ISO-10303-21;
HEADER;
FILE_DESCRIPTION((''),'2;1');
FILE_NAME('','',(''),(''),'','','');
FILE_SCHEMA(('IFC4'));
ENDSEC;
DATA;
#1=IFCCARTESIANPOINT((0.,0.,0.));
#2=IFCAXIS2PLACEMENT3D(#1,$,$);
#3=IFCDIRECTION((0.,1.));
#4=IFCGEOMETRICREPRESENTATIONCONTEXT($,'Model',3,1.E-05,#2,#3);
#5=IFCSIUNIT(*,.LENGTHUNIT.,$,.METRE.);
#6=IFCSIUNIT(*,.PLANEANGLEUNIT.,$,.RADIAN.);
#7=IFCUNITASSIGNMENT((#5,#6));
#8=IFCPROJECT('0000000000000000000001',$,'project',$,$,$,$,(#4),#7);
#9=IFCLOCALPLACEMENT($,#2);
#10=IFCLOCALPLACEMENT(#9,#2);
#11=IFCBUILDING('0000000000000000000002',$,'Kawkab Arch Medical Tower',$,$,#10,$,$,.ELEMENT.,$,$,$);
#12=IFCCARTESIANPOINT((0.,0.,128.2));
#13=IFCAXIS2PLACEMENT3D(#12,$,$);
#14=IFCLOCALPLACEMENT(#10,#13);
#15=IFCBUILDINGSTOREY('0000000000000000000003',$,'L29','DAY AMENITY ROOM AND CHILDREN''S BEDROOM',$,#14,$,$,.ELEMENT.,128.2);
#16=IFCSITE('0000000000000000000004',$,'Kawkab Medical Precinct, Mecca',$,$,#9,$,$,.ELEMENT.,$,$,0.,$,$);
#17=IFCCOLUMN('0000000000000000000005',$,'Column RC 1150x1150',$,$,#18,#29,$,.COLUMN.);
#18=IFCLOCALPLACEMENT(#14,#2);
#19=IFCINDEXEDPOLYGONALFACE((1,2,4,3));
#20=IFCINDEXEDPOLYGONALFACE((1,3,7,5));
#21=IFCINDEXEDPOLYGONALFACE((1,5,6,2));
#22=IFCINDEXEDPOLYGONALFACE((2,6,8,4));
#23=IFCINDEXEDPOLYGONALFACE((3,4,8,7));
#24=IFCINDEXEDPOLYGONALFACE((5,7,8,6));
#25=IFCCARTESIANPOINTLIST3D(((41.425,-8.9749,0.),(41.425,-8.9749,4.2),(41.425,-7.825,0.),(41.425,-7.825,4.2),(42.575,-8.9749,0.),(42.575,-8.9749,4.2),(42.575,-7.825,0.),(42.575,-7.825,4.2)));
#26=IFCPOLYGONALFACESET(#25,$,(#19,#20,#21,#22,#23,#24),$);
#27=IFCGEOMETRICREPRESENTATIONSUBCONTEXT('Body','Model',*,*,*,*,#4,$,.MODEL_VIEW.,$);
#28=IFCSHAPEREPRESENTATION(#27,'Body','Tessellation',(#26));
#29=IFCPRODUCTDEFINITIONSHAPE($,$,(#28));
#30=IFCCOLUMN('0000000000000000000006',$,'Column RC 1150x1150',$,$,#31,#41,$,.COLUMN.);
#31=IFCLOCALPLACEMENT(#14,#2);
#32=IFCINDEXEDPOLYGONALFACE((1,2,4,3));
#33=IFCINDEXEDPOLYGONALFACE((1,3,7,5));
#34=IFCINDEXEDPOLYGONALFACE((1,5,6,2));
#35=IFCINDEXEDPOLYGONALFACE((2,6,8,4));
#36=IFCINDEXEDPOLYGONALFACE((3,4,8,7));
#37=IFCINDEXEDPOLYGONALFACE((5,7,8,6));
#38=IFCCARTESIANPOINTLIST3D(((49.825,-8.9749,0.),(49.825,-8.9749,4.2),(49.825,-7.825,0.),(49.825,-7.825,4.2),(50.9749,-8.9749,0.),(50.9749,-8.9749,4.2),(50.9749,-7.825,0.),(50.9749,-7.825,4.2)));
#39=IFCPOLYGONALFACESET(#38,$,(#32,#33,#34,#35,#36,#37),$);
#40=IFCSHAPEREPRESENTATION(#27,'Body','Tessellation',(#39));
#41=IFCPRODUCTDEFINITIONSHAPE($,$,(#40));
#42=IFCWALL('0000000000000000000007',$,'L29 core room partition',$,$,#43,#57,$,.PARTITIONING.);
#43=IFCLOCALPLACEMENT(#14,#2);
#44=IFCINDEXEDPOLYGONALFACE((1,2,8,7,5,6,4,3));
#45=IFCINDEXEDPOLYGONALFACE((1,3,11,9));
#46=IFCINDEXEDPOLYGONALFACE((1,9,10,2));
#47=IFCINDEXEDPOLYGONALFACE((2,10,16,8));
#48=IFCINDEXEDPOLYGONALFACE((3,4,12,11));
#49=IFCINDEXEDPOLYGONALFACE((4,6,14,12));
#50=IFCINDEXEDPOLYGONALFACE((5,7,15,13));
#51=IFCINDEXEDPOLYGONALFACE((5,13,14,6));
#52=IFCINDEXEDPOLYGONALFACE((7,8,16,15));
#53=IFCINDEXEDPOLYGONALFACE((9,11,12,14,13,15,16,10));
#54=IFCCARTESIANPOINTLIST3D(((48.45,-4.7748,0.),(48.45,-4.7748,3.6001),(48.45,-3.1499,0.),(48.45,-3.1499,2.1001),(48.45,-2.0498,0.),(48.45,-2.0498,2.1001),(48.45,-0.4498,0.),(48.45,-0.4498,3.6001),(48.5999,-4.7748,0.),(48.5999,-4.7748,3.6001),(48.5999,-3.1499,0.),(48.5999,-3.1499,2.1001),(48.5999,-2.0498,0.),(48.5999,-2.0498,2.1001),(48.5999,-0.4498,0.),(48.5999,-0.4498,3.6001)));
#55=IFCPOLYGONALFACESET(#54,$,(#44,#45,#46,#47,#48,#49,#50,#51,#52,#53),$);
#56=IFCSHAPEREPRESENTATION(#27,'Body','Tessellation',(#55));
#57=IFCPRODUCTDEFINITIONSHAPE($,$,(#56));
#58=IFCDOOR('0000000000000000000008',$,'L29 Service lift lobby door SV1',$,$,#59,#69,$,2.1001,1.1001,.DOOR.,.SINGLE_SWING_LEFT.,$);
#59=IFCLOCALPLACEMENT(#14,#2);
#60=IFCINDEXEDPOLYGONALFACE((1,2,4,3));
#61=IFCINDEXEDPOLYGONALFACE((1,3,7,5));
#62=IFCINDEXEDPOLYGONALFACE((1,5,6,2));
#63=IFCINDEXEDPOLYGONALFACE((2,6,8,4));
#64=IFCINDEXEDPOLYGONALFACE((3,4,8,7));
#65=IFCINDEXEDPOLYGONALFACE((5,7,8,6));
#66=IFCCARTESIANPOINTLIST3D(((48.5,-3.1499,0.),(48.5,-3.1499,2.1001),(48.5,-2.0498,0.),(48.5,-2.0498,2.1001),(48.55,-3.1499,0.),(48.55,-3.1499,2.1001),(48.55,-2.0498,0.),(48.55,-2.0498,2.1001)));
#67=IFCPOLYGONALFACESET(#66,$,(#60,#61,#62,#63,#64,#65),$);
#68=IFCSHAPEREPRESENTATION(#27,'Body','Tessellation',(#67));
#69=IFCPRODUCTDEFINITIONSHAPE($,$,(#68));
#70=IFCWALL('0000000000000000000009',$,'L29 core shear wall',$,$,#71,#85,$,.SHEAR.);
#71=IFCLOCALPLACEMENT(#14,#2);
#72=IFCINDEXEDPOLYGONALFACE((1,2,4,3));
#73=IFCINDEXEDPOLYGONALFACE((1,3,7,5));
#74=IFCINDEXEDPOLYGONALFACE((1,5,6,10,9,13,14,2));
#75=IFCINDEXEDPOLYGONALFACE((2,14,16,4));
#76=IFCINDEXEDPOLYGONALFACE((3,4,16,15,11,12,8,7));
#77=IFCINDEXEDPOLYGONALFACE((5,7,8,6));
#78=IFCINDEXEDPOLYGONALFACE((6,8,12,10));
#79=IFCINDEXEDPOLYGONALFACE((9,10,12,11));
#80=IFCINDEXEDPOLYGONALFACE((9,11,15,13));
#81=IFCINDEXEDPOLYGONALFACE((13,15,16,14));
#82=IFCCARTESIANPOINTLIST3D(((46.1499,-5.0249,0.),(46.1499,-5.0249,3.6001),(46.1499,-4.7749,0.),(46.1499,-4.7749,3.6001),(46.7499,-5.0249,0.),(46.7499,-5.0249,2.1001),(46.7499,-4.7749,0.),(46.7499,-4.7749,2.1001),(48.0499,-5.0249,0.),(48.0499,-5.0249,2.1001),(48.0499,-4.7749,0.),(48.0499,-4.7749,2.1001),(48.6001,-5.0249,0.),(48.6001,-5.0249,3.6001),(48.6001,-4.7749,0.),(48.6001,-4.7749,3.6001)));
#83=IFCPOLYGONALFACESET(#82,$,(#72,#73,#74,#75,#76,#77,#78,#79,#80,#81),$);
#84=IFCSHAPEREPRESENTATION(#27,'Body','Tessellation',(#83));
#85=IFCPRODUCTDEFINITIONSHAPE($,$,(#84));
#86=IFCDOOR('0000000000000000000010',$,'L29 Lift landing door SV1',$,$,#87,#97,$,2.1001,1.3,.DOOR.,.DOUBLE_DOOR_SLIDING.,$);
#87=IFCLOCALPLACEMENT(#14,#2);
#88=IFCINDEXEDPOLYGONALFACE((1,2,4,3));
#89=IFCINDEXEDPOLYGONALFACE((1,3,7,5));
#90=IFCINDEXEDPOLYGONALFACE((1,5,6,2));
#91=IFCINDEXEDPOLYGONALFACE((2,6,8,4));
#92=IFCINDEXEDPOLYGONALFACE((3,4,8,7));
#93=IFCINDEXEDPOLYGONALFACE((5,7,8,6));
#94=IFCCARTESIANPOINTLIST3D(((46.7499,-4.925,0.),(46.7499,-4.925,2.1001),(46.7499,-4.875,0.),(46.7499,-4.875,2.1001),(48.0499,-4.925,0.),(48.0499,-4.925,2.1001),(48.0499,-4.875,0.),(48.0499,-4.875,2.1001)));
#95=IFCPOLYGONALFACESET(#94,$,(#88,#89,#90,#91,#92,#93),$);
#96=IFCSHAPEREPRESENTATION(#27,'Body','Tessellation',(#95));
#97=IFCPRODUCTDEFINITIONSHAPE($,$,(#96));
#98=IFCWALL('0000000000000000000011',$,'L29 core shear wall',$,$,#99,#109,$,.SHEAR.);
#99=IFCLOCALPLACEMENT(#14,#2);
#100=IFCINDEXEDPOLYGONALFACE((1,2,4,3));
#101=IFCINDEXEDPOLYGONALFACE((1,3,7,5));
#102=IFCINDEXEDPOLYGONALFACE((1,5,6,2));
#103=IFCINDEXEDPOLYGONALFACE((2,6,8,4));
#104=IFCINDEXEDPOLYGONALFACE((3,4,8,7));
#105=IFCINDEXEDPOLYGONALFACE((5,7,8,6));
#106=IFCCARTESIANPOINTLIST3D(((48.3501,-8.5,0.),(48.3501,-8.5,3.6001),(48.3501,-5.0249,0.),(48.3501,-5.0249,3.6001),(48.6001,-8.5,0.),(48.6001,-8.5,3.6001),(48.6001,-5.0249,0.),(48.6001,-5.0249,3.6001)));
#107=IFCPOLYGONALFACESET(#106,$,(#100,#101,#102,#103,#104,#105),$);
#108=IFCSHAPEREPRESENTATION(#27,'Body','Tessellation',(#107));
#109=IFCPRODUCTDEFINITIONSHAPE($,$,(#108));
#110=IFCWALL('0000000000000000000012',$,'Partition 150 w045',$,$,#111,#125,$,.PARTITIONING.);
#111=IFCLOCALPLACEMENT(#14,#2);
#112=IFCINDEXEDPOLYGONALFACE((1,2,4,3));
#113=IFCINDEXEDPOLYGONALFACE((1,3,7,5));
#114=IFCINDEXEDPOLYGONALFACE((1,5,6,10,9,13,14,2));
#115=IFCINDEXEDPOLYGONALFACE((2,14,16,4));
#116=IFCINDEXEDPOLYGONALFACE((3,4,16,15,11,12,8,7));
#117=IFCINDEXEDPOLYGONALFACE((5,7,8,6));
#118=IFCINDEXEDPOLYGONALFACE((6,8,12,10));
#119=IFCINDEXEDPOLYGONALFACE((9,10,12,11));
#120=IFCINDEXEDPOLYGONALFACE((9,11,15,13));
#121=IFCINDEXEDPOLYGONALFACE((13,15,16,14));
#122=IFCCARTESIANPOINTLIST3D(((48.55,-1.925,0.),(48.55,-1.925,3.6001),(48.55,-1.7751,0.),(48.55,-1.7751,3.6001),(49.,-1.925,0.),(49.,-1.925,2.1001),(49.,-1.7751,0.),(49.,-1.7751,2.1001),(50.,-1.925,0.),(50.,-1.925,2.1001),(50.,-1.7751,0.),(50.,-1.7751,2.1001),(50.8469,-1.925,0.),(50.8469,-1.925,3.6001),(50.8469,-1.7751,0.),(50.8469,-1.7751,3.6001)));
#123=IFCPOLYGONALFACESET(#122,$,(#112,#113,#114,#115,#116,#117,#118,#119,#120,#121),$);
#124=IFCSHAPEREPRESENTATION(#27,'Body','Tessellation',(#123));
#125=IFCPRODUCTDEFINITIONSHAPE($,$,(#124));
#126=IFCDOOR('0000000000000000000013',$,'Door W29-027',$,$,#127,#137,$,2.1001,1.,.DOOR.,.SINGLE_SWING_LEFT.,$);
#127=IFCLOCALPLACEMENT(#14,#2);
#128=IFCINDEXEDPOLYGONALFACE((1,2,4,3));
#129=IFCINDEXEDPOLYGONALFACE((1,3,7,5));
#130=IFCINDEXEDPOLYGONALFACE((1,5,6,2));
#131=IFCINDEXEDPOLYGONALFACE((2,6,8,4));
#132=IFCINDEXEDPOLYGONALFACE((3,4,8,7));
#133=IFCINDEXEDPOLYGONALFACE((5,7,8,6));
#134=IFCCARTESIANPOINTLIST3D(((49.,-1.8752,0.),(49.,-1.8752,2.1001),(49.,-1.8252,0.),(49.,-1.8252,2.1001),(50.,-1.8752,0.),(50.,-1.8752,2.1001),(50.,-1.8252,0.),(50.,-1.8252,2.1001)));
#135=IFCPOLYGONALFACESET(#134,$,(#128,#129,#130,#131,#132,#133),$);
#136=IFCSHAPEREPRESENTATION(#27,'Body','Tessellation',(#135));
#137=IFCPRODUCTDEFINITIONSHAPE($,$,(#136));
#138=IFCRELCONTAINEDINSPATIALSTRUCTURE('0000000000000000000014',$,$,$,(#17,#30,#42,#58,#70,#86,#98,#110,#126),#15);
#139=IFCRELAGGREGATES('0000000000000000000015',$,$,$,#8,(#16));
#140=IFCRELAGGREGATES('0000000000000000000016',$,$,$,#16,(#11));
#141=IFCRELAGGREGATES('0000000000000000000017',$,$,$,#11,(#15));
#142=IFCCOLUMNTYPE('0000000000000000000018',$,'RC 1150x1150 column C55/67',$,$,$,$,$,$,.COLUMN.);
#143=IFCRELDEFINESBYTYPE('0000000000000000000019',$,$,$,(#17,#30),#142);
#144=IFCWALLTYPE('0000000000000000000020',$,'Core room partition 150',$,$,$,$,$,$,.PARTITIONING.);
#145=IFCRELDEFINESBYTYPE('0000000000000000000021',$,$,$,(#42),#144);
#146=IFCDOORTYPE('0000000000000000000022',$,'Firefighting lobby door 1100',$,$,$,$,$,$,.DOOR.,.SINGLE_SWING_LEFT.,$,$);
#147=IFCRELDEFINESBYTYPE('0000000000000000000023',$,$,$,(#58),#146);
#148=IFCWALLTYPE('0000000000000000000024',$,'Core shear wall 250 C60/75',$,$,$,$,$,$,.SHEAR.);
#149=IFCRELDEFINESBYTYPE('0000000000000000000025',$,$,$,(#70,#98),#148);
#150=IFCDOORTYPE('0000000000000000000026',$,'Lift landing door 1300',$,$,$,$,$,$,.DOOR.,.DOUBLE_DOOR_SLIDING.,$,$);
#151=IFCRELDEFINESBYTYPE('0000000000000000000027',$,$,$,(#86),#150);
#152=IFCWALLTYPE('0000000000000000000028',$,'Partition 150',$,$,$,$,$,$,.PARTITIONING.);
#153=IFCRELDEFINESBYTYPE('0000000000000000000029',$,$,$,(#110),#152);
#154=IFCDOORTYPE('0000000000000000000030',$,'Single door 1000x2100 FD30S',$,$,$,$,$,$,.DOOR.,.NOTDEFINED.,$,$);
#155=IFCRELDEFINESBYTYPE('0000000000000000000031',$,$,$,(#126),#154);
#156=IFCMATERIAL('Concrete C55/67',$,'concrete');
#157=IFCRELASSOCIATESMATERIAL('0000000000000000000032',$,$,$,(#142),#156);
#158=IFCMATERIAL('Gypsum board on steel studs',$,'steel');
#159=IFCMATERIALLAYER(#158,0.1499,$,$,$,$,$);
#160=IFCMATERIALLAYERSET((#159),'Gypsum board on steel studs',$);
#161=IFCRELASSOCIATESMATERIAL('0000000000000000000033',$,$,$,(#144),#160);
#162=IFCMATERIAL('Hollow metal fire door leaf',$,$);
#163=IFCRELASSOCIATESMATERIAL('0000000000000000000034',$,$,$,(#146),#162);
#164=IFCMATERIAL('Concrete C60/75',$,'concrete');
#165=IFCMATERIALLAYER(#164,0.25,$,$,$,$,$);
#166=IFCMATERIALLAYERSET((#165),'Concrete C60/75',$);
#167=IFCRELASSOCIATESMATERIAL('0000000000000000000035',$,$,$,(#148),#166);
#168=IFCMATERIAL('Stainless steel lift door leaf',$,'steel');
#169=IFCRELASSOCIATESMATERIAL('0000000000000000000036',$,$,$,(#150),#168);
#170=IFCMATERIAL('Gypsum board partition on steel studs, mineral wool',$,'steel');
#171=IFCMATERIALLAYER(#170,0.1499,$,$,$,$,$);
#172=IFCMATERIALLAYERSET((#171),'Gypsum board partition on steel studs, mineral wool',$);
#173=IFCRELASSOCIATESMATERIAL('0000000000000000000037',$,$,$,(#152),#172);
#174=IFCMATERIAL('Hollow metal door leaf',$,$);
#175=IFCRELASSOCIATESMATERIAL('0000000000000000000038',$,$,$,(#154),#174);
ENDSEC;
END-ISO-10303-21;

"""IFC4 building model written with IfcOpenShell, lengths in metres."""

from ifc_helpers import new_model, si_unit, direction, frame, frame_2d, origin, origin_2d, place, context, subcontext, project, spatial, rectangle, extrude, material, layer, layer_set, material_profile, profile_set, type_object, element, fill, save


model = new_model("IFC4")

# Units and contexts
model_context = context("Model", 3, precision=1e-05, world=origin(), true_north=direction((0.0, 1.0)))
body_context = subcontext(model_context, "Body", "Model", "MODEL_VIEW")
ifc_project = project(units=[si_unit("LENGTHUNIT", "METRE"), si_unit("PLANEANGLEUNIT", "RADIAN")], contexts=[model_context])

# Site, building, storey
site_placement = place(None, origin())
site = spatial("IfcSite", under=ifc_project, at=site_placement, Name="Kawkab Medical Precinct, Mecca", CompositionType="ELEMENT", RefElevation=0.0)
building_placement = place(site_placement, origin())
building = spatial("IfcBuilding", under=site, at=building_placement, Name="Kawkab Arch Medical Tower", CompositionType="ELEMENT")
storey_placement = place(building_placement, frame((0.0, 0.0, 128.2)))
storey = spatial("IfcBuildingStorey", under=building, at=storey_placement, Name="L29", Description="DAY AMENITY ROOM AND CHILDREN'S BEDROOM", CompositionType="ELEMENT", Elevation=128.2)

# Columns
ifc_material_1 = material(Name="Concrete C55/67", Category="concrete")
ifc_material_profile = material_profile(ifc_material_1, rectangle(XDim=1.1499, YDim=1.1499, at=origin_2d()), Name="RC 1150x1150")
ifc_profile_set = profile_set([ifc_material_profile], Name="Concrete C55/67")
column_type = type_object("IfcColumnType", Name="RC 1150x1150 column C55/67", PredefinedType="COLUMN", material=ifc_profile_set)
for number, where, z_axis, x_axis, name in (
    (1, (42.0, -8.3999, 0.0), (0.0, 0.0, 1.0), (1.0, 0.0, 0.0), "Column RC 1150x1150"),
    (2, (50.3999, -8.3999, 0.0), (0.0, 0.0, 1.0), (1.0, 0.0, 0.0), "Column RC 1150x1150"),
):
    element("IfcColumn", number, at=place(storey_placement, frame(where, z_axis=z_axis, x_axis=x_axis)), inside=storey, type_object=column_type, Name=name, PredefinedType="COLUMN", context=body_context, shape_type="SweptSolid", body=[
        extrude(rectangle(XDim=1.1499, YDim=1.1499, at=origin_2d()), origin(), (0.0, 0.0, 1.0), 4.2),
    ])

# Walls, openings, doors
ifc_material_2 = material(Name="Gypsum board on steel studs", Category="steel")
ifc_layer_1 = layer(ifc_material_2, 0.1499)
ifc_layer_set_1 = layer_set([ifc_layer_1], Name="Gypsum board on steel studs")
wall_type_1 = type_object("IfcWallType", Name="Core room partition 150", PredefinedType="PARTITIONING", material=ifc_layer_set_1)
wall_1_placement = place(storey_placement, frame((48.5249, -4.7749, 0.0), z_axis=(0.0, 0.0, 1.0), x_axis=(0.0, 1.0, 0.0)))
wall_1 = element("IfcWall", 3, at=wall_1_placement, inside=storey, type_object=wall_type_1, Name="L29 core room partition", PredefinedType="PARTITIONING", context=body_context, shape_type="SweptSolid", body=[
    extrude(rectangle(XDim=4.325, YDim=0.1499, at=frame_2d((2.1626, 0.0))), origin(), (0.0, 0.0, 1.0), 3.6001),
])
opening_1_placement = place(wall_1_placement, frame((1.625, 0.0, 0.0)))
opening_1 = element("IfcOpeningElement", 4, at=opening_1_placement, cuts=wall_1, PredefinedType="OPENING", context=body_context, shape_type="SweptSolid", body=[
    extrude(rectangle(XDim=1.1001, YDim=2.1001, at=frame_2d((0.55, 1.05))), frame((0.0, 0.085, 0.0), z_axis=(0.0, -1.0, 0.0), x_axis=(1.0, 0.0, 0.0)), (0.0, 0.0, 1.0), 0.1699),
])
ifc_material_3 = material(Name="Hollow metal fire door leaf")
door_type_1 = type_object("IfcDoorType", Name="Firefighting lobby door 1100", OperationType="SINGLE_SWING_LEFT", PredefinedType="DOOR", material=ifc_material_3)
door_1_placement = place(opening_1_placement, origin())
door_1 = element("IfcDoor", 5, at=door_1_placement, inside=storey, type_object=door_type_1, Name="L29 Service lift lobby door SV1", OperationType="SINGLE_SWING_LEFT", OverallHeight=2.1001, OverallWidth=1.1001, PredefinedType="DOOR", context=body_context, shape_type="SweptSolid", body=[
    extrude(rectangle(XDim=1.1001, YDim=2.1001, at=frame_2d((0.55, 1.05))), frame((0.0, 0.0249, 0.0), z_axis=(0.0, -1.0, 0.0), x_axis=(1.0, 0.0, 0.0)), (0.0, 0.0, 1.0), 0.05),
])
fill(opening_1, door_1)
ifc_material_4 = material(Name="Concrete C60/75", Category="concrete")
ifc_layer_2 = layer(ifc_material_4, 0.25)
ifc_layer_set_2 = layer_set([ifc_layer_2], Name="Concrete C60/75")
wall_type_2 = type_object("IfcWallType", Name="Core shear wall 250 C60/75", PredefinedType="SHEAR", material=ifc_layer_set_2)
wall_2_placement = place(storey_placement, frame((46.1499, -4.8999, 0.0), z_axis=(0.0, 0.0, 1.0), x_axis=(1.0, 0.0, 0.0)))
wall_2 = element("IfcWall", 6, at=wall_2_placement, inside=storey, type_object=wall_type_2, Name="L29 core shear wall", PredefinedType="SHEAR", context=body_context, shape_type="SweptSolid", body=[
    extrude(rectangle(XDim=2.4502, YDim=0.25, at=frame_2d((1.2251, 0.0))), origin(), (0.0, 0.0, 1.0), 3.6001),
])
opening_2_placement = place(wall_2_placement, frame((0.6001, 0.0, 0.0)))
opening_2 = element("IfcOpeningElement", 7, at=opening_2_placement, cuts=wall_2, PredefinedType="OPENING", context=body_context, shape_type="SweptSolid", body=[
    extrude(rectangle(XDim=1.3, YDim=2.1001, at=frame_2d((0.6499, 1.05))), frame((0.0, 0.135, 0.0), z_axis=(0.0, -1.0, 0.0), x_axis=(1.0, 0.0, 0.0)), (0.0, 0.0, 1.0), 0.27),
])
ifc_material_5 = material(Name="Stainless steel lift door leaf", Category="steel")
door_type_2 = type_object("IfcDoorType", Name="Lift landing door 1300", OperationType="DOUBLE_DOOR_SLIDING", PredefinedType="DOOR", material=ifc_material_5)
door_2_placement = place(opening_2_placement, origin())
door_2 = element("IfcDoor", 8, at=door_2_placement, inside=storey, type_object=door_type_2, Name="L29 Lift landing door SV1", OperationType="DOUBLE_DOOR_SLIDING", OverallHeight=2.1001, OverallWidth=1.3, PredefinedType="DOOR", context=body_context, shape_type="SweptSolid", body=[
    extrude(rectangle(XDim=1.3, YDim=2.1001, at=frame_2d((0.6499, 1.05))), frame((0.0, 0.0249, 0.0), z_axis=(0.0, -1.0, 0.0), x_axis=(1.0, 0.0, 0.0)), (0.0, 0.0, 1.0), 0.05),
])
fill(opening_2, door_2)

# Wall
wall_3_placement = place(storey_placement, frame((48.4751, -8.5, 0.0), z_axis=(0.0, 0.0, 1.0), x_axis=(0.0, 1.0, 0.0)))
element("IfcWall", 9, at=wall_3_placement, inside=storey, type_object=wall_type_2, Name="L29 core shear wall", PredefinedType="SHEAR", context=body_context, shape_type="SweptSolid", body=[
    extrude(rectangle(XDim=3.4751, YDim=0.25, at=frame_2d((1.7375, 0.0))), origin(), (0.0, 0.0, 1.0), 3.6001),
])

# Wall, opening, door
ifc_material_6 = material(Name="Gypsum board partition on steel studs, mineral wool", Category="steel")
ifc_layer_3 = layer(ifc_material_6, 0.1499)
ifc_layer_set_3 = layer_set([ifc_layer_3], Name="Gypsum board partition on steel studs, mineral wool")
wall_type_3 = type_object("IfcWallType", Name="Partition 150", PredefinedType="PARTITIONING", material=ifc_layer_set_3)
wall_4_placement = place(storey_placement, frame((48.55, -1.8501, 0.0), z_axis=(0.0, 0.0, 1.0), x_axis=(1.0, 0.0, 0.0)))
wall_4 = element("IfcWall", 10, at=wall_4_placement, inside=storey, type_object=wall_type_3, Name="Partition 150 w045", PredefinedType="PARTITIONING", context=body_context, shape_type="SweptSolid", body=[
    extrude(rectangle(XDim=2.2969, YDim=0.1499, at=frame_2d((1.1484, 0.0))), origin(), (0.0, 0.0, 1.0), 3.6001),
])
opening_3_placement = place(wall_4_placement, frame((0.45, 0.0, 0.0)))
opening_3 = element("IfcOpeningElement", 11, at=opening_3_placement, cuts=wall_4, PredefinedType="OPENING", context=body_context, shape_type="SweptSolid", body=[
    extrude(rectangle(XDim=1.0, YDim=2.1001, at=frame_2d((0.5, 1.05))), frame((0.0, 0.085, 0.0), z_axis=(0.0, -1.0, 0.0), x_axis=(1.0, 0.0, 0.0)), (0.0, 0.0, 1.0), 0.1699),
])
ifc_material_7 = material(Name="Hollow metal door leaf")
door_type_3 = type_object("IfcDoorType", Name="Single door 1000x2100 FD30S", OperationType="NOTDEFINED", PredefinedType="DOOR", material=ifc_material_7)
door_3_placement = place(opening_3_placement, origin())
door_3 = element("IfcDoor", 12, at=door_3_placement, inside=storey, type_object=door_type_3, Name="Door W29-027", OperationType="SINGLE_SWING_LEFT", OverallHeight=2.1001, OverallWidth=1.0, PredefinedType="DOOR", context=body_context, shape_type="SweptSolid", body=[
    extrude(rectangle(XDim=1.0, YDim=2.1001, at=frame_2d((0.5, 1.05))), frame((0.0, 0.0249, 0.0), z_axis=(0.0, -1.0, 0.0), x_axis=(1.0, 0.0, 0.0)), (0.0, 0.0, 1.0), 0.05),
])
fill(opening_3, door_3)

save(model, "model.ifc")
